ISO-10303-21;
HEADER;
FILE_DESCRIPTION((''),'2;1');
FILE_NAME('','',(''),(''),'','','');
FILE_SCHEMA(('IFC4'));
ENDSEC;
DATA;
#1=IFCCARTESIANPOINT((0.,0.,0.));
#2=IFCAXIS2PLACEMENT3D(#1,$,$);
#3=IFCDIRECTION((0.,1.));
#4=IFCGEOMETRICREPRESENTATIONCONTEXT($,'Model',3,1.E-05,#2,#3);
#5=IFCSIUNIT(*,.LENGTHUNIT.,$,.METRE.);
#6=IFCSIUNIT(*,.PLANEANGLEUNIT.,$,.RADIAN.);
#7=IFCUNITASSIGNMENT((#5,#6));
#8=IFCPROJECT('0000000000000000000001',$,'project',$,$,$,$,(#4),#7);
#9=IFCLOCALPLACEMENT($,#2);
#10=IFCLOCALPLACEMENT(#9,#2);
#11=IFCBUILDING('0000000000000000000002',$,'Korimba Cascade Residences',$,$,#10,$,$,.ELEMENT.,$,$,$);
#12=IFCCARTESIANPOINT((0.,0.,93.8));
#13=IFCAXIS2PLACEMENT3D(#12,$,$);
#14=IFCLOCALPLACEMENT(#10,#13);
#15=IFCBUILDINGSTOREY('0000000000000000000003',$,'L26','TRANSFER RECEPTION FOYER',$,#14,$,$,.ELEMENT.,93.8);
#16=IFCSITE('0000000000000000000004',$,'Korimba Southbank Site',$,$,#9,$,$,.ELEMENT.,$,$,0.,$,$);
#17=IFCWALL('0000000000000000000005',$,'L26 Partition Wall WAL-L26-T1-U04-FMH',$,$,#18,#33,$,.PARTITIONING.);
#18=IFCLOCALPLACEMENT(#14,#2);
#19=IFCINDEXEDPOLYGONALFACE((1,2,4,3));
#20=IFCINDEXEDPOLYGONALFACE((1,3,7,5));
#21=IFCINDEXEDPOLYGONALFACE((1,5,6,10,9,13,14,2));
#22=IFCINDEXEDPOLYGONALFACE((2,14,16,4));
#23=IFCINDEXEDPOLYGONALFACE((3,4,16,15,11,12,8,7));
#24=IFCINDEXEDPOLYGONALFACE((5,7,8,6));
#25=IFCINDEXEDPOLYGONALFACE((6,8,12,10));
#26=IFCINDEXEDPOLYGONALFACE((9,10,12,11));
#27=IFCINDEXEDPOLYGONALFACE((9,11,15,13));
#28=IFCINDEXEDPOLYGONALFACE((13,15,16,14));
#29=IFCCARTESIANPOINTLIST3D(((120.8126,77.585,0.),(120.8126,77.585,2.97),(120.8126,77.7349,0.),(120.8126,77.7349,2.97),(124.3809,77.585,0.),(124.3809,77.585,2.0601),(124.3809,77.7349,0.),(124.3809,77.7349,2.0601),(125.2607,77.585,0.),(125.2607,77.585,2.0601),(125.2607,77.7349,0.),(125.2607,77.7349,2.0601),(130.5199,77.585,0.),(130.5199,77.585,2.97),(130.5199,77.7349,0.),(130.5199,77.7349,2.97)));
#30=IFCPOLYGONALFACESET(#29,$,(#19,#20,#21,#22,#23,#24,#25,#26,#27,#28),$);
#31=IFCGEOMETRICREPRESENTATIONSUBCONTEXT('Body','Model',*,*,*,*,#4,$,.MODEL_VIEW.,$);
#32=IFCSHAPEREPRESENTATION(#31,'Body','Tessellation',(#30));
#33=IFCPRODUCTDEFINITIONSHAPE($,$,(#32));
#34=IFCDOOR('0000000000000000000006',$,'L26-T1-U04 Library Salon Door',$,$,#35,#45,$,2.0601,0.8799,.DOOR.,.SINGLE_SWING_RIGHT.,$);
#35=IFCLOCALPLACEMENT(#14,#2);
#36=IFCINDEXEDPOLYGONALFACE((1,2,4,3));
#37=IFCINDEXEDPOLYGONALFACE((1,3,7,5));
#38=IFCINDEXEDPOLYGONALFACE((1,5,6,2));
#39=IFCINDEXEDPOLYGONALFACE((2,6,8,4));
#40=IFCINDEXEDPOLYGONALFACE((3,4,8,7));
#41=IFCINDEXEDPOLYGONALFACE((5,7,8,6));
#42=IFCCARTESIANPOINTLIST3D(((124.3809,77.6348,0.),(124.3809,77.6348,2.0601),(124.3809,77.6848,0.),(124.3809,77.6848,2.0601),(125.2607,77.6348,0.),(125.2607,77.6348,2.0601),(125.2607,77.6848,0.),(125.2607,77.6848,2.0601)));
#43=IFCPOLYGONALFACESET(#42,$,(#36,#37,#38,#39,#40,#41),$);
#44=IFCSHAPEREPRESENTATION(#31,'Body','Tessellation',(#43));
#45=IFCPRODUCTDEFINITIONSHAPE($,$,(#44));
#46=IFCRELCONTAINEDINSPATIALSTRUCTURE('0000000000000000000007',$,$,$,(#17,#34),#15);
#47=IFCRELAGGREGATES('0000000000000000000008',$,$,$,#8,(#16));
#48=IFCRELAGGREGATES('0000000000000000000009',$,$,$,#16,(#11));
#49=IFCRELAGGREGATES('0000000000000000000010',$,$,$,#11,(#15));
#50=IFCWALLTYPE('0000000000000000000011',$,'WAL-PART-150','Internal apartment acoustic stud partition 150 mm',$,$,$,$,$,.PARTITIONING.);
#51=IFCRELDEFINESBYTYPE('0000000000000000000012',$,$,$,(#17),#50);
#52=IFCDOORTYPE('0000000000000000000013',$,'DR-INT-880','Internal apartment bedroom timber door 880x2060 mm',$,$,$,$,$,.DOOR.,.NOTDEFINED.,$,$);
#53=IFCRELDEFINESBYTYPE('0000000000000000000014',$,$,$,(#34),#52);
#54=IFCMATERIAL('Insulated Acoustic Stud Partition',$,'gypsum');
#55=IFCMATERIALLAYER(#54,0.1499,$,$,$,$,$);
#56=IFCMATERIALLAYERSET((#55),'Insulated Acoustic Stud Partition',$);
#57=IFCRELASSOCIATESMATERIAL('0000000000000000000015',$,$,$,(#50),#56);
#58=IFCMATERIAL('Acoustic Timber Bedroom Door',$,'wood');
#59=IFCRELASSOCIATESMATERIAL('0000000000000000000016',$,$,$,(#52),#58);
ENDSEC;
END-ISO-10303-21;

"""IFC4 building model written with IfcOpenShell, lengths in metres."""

from ifc_helpers import new_model, si_unit, direction, frame, frame_2d, origin, place, context, subcontext, project, spatial, rectangle, extrude, material, layer, layer_set, type_object, element, fill, save


model = new_model("IFC4")

# Units and contexts
model_context = context("Model", 3, precision=1e-05, world=origin(), true_north=direction((0.0, 1.0)))
body_context = subcontext(model_context, "Body", "Model", "MODEL_VIEW")
ifc_project = project(units=[si_unit("LENGTHUNIT", "METRE"), si_unit("PLANEANGLEUNIT", "RADIAN")], contexts=[model_context])

# Site, building, storey
site_placement = place(None, origin())
site = spatial("IfcSite", under=ifc_project, at=site_placement, Name="Korimba Southbank Site", CompositionType="ELEMENT", RefElevation=0.0)
building_placement = place(site_placement, origin())
building = spatial("IfcBuilding", under=site, at=building_placement, Name="Korimba Cascade Residences", CompositionType="ELEMENT")
storey_placement = place(building_placement, frame((0.0, 0.0, 93.8)))
storey = spatial("IfcBuildingStorey", under=building, at=storey_placement, Name="L26", Description="TRANSFER RECEPTION FOYER", CompositionType="ELEMENT", Elevation=93.8)

# Wall, opening, door
ifc_material_1 = material(Name="Insulated Acoustic Stud Partition", Category="gypsum")
ifc_layer_1 = layer(ifc_material_1, 0.1499)
ifc_layer_set_1 = layer_set([ifc_layer_1], Name="Insulated Acoustic Stud Partition")
wall_type_1 = type_object("IfcWallType", Name="WAL-PART-150", Description="Internal apartment acoustic stud partition 150 mm", PredefinedType="PARTITIONING", material=ifc_layer_set_1)
wall_1_placement = place(storey_placement, frame((120.8127, 77.6599, 0.0), z_axis=(0.0, 0.0, 1.0), x_axis=(1.0, 0.0, 0.0)))
wall_1 = element("IfcWall", 1, at=wall_1_placement, inside=storey, type_object=wall_type_1, Name="L26 Partition Wall WAL-L26-T1-U04-FMH", PredefinedType="PARTITIONING", context=body_context, shape_type="SweptSolid", body=[
    extrude(rectangle(XDim=9.7073, YDim=0.1499, at=frame_2d((4.8535, 0.0))), origin(), (0.0, 0.0, 1.0), 2.97),
])
opening_placement = place(wall_1_placement, frame((3.5681, 0.0, 0.0)))
opening = element("IfcOpeningElement", 2, at=opening_placement, cuts=wall_1, PredefinedType="OPENING", context=body_context, shape_type="SweptSolid", body=[
    extrude(rectangle(XDim=0.8799, YDim=2.0601, at=frame_2d((0.4399, 1.03))), frame((0.0, 0.085, 0.0), z_axis=(0.0, -1.0, 0.0), x_axis=(1.0, 0.0, 0.0)), (0.0, 0.0, 1.0), 0.1699),
])
ifc_material_2 = material(Name="Acoustic Timber Bedroom Door", Category="wood")
door_type = type_object("IfcDoorType", Name="DR-INT-880", Description="Internal apartment bedroom timber door 880x2060 mm", OperationType="NOTDEFINED", PredefinedType="DOOR", material=ifc_material_2)
door_placement = place(opening_placement, origin())
door = element("IfcDoor", 3, at=door_placement, inside=storey, type_object=door_type, Name="L26-T1-U04 Library Salon Door", OperationType="SINGLE_SWING_RIGHT", OverallHeight=2.0601, OverallWidth=0.8799, PredefinedType="DOOR", context=body_context, shape_type="SweptSolid", body=[
    extrude(rectangle(XDim=0.8799, YDim=2.0601, at=frame_2d((0.4399, 1.03))), frame((0.0, 0.0249, 0.0), z_axis=(0.0, -1.0, 0.0), x_axis=(1.0, 0.0, 0.0)), (0.0, 0.0, 1.0), 0.05),
])
fill(opening, door)

save(model, "model.ifc")
